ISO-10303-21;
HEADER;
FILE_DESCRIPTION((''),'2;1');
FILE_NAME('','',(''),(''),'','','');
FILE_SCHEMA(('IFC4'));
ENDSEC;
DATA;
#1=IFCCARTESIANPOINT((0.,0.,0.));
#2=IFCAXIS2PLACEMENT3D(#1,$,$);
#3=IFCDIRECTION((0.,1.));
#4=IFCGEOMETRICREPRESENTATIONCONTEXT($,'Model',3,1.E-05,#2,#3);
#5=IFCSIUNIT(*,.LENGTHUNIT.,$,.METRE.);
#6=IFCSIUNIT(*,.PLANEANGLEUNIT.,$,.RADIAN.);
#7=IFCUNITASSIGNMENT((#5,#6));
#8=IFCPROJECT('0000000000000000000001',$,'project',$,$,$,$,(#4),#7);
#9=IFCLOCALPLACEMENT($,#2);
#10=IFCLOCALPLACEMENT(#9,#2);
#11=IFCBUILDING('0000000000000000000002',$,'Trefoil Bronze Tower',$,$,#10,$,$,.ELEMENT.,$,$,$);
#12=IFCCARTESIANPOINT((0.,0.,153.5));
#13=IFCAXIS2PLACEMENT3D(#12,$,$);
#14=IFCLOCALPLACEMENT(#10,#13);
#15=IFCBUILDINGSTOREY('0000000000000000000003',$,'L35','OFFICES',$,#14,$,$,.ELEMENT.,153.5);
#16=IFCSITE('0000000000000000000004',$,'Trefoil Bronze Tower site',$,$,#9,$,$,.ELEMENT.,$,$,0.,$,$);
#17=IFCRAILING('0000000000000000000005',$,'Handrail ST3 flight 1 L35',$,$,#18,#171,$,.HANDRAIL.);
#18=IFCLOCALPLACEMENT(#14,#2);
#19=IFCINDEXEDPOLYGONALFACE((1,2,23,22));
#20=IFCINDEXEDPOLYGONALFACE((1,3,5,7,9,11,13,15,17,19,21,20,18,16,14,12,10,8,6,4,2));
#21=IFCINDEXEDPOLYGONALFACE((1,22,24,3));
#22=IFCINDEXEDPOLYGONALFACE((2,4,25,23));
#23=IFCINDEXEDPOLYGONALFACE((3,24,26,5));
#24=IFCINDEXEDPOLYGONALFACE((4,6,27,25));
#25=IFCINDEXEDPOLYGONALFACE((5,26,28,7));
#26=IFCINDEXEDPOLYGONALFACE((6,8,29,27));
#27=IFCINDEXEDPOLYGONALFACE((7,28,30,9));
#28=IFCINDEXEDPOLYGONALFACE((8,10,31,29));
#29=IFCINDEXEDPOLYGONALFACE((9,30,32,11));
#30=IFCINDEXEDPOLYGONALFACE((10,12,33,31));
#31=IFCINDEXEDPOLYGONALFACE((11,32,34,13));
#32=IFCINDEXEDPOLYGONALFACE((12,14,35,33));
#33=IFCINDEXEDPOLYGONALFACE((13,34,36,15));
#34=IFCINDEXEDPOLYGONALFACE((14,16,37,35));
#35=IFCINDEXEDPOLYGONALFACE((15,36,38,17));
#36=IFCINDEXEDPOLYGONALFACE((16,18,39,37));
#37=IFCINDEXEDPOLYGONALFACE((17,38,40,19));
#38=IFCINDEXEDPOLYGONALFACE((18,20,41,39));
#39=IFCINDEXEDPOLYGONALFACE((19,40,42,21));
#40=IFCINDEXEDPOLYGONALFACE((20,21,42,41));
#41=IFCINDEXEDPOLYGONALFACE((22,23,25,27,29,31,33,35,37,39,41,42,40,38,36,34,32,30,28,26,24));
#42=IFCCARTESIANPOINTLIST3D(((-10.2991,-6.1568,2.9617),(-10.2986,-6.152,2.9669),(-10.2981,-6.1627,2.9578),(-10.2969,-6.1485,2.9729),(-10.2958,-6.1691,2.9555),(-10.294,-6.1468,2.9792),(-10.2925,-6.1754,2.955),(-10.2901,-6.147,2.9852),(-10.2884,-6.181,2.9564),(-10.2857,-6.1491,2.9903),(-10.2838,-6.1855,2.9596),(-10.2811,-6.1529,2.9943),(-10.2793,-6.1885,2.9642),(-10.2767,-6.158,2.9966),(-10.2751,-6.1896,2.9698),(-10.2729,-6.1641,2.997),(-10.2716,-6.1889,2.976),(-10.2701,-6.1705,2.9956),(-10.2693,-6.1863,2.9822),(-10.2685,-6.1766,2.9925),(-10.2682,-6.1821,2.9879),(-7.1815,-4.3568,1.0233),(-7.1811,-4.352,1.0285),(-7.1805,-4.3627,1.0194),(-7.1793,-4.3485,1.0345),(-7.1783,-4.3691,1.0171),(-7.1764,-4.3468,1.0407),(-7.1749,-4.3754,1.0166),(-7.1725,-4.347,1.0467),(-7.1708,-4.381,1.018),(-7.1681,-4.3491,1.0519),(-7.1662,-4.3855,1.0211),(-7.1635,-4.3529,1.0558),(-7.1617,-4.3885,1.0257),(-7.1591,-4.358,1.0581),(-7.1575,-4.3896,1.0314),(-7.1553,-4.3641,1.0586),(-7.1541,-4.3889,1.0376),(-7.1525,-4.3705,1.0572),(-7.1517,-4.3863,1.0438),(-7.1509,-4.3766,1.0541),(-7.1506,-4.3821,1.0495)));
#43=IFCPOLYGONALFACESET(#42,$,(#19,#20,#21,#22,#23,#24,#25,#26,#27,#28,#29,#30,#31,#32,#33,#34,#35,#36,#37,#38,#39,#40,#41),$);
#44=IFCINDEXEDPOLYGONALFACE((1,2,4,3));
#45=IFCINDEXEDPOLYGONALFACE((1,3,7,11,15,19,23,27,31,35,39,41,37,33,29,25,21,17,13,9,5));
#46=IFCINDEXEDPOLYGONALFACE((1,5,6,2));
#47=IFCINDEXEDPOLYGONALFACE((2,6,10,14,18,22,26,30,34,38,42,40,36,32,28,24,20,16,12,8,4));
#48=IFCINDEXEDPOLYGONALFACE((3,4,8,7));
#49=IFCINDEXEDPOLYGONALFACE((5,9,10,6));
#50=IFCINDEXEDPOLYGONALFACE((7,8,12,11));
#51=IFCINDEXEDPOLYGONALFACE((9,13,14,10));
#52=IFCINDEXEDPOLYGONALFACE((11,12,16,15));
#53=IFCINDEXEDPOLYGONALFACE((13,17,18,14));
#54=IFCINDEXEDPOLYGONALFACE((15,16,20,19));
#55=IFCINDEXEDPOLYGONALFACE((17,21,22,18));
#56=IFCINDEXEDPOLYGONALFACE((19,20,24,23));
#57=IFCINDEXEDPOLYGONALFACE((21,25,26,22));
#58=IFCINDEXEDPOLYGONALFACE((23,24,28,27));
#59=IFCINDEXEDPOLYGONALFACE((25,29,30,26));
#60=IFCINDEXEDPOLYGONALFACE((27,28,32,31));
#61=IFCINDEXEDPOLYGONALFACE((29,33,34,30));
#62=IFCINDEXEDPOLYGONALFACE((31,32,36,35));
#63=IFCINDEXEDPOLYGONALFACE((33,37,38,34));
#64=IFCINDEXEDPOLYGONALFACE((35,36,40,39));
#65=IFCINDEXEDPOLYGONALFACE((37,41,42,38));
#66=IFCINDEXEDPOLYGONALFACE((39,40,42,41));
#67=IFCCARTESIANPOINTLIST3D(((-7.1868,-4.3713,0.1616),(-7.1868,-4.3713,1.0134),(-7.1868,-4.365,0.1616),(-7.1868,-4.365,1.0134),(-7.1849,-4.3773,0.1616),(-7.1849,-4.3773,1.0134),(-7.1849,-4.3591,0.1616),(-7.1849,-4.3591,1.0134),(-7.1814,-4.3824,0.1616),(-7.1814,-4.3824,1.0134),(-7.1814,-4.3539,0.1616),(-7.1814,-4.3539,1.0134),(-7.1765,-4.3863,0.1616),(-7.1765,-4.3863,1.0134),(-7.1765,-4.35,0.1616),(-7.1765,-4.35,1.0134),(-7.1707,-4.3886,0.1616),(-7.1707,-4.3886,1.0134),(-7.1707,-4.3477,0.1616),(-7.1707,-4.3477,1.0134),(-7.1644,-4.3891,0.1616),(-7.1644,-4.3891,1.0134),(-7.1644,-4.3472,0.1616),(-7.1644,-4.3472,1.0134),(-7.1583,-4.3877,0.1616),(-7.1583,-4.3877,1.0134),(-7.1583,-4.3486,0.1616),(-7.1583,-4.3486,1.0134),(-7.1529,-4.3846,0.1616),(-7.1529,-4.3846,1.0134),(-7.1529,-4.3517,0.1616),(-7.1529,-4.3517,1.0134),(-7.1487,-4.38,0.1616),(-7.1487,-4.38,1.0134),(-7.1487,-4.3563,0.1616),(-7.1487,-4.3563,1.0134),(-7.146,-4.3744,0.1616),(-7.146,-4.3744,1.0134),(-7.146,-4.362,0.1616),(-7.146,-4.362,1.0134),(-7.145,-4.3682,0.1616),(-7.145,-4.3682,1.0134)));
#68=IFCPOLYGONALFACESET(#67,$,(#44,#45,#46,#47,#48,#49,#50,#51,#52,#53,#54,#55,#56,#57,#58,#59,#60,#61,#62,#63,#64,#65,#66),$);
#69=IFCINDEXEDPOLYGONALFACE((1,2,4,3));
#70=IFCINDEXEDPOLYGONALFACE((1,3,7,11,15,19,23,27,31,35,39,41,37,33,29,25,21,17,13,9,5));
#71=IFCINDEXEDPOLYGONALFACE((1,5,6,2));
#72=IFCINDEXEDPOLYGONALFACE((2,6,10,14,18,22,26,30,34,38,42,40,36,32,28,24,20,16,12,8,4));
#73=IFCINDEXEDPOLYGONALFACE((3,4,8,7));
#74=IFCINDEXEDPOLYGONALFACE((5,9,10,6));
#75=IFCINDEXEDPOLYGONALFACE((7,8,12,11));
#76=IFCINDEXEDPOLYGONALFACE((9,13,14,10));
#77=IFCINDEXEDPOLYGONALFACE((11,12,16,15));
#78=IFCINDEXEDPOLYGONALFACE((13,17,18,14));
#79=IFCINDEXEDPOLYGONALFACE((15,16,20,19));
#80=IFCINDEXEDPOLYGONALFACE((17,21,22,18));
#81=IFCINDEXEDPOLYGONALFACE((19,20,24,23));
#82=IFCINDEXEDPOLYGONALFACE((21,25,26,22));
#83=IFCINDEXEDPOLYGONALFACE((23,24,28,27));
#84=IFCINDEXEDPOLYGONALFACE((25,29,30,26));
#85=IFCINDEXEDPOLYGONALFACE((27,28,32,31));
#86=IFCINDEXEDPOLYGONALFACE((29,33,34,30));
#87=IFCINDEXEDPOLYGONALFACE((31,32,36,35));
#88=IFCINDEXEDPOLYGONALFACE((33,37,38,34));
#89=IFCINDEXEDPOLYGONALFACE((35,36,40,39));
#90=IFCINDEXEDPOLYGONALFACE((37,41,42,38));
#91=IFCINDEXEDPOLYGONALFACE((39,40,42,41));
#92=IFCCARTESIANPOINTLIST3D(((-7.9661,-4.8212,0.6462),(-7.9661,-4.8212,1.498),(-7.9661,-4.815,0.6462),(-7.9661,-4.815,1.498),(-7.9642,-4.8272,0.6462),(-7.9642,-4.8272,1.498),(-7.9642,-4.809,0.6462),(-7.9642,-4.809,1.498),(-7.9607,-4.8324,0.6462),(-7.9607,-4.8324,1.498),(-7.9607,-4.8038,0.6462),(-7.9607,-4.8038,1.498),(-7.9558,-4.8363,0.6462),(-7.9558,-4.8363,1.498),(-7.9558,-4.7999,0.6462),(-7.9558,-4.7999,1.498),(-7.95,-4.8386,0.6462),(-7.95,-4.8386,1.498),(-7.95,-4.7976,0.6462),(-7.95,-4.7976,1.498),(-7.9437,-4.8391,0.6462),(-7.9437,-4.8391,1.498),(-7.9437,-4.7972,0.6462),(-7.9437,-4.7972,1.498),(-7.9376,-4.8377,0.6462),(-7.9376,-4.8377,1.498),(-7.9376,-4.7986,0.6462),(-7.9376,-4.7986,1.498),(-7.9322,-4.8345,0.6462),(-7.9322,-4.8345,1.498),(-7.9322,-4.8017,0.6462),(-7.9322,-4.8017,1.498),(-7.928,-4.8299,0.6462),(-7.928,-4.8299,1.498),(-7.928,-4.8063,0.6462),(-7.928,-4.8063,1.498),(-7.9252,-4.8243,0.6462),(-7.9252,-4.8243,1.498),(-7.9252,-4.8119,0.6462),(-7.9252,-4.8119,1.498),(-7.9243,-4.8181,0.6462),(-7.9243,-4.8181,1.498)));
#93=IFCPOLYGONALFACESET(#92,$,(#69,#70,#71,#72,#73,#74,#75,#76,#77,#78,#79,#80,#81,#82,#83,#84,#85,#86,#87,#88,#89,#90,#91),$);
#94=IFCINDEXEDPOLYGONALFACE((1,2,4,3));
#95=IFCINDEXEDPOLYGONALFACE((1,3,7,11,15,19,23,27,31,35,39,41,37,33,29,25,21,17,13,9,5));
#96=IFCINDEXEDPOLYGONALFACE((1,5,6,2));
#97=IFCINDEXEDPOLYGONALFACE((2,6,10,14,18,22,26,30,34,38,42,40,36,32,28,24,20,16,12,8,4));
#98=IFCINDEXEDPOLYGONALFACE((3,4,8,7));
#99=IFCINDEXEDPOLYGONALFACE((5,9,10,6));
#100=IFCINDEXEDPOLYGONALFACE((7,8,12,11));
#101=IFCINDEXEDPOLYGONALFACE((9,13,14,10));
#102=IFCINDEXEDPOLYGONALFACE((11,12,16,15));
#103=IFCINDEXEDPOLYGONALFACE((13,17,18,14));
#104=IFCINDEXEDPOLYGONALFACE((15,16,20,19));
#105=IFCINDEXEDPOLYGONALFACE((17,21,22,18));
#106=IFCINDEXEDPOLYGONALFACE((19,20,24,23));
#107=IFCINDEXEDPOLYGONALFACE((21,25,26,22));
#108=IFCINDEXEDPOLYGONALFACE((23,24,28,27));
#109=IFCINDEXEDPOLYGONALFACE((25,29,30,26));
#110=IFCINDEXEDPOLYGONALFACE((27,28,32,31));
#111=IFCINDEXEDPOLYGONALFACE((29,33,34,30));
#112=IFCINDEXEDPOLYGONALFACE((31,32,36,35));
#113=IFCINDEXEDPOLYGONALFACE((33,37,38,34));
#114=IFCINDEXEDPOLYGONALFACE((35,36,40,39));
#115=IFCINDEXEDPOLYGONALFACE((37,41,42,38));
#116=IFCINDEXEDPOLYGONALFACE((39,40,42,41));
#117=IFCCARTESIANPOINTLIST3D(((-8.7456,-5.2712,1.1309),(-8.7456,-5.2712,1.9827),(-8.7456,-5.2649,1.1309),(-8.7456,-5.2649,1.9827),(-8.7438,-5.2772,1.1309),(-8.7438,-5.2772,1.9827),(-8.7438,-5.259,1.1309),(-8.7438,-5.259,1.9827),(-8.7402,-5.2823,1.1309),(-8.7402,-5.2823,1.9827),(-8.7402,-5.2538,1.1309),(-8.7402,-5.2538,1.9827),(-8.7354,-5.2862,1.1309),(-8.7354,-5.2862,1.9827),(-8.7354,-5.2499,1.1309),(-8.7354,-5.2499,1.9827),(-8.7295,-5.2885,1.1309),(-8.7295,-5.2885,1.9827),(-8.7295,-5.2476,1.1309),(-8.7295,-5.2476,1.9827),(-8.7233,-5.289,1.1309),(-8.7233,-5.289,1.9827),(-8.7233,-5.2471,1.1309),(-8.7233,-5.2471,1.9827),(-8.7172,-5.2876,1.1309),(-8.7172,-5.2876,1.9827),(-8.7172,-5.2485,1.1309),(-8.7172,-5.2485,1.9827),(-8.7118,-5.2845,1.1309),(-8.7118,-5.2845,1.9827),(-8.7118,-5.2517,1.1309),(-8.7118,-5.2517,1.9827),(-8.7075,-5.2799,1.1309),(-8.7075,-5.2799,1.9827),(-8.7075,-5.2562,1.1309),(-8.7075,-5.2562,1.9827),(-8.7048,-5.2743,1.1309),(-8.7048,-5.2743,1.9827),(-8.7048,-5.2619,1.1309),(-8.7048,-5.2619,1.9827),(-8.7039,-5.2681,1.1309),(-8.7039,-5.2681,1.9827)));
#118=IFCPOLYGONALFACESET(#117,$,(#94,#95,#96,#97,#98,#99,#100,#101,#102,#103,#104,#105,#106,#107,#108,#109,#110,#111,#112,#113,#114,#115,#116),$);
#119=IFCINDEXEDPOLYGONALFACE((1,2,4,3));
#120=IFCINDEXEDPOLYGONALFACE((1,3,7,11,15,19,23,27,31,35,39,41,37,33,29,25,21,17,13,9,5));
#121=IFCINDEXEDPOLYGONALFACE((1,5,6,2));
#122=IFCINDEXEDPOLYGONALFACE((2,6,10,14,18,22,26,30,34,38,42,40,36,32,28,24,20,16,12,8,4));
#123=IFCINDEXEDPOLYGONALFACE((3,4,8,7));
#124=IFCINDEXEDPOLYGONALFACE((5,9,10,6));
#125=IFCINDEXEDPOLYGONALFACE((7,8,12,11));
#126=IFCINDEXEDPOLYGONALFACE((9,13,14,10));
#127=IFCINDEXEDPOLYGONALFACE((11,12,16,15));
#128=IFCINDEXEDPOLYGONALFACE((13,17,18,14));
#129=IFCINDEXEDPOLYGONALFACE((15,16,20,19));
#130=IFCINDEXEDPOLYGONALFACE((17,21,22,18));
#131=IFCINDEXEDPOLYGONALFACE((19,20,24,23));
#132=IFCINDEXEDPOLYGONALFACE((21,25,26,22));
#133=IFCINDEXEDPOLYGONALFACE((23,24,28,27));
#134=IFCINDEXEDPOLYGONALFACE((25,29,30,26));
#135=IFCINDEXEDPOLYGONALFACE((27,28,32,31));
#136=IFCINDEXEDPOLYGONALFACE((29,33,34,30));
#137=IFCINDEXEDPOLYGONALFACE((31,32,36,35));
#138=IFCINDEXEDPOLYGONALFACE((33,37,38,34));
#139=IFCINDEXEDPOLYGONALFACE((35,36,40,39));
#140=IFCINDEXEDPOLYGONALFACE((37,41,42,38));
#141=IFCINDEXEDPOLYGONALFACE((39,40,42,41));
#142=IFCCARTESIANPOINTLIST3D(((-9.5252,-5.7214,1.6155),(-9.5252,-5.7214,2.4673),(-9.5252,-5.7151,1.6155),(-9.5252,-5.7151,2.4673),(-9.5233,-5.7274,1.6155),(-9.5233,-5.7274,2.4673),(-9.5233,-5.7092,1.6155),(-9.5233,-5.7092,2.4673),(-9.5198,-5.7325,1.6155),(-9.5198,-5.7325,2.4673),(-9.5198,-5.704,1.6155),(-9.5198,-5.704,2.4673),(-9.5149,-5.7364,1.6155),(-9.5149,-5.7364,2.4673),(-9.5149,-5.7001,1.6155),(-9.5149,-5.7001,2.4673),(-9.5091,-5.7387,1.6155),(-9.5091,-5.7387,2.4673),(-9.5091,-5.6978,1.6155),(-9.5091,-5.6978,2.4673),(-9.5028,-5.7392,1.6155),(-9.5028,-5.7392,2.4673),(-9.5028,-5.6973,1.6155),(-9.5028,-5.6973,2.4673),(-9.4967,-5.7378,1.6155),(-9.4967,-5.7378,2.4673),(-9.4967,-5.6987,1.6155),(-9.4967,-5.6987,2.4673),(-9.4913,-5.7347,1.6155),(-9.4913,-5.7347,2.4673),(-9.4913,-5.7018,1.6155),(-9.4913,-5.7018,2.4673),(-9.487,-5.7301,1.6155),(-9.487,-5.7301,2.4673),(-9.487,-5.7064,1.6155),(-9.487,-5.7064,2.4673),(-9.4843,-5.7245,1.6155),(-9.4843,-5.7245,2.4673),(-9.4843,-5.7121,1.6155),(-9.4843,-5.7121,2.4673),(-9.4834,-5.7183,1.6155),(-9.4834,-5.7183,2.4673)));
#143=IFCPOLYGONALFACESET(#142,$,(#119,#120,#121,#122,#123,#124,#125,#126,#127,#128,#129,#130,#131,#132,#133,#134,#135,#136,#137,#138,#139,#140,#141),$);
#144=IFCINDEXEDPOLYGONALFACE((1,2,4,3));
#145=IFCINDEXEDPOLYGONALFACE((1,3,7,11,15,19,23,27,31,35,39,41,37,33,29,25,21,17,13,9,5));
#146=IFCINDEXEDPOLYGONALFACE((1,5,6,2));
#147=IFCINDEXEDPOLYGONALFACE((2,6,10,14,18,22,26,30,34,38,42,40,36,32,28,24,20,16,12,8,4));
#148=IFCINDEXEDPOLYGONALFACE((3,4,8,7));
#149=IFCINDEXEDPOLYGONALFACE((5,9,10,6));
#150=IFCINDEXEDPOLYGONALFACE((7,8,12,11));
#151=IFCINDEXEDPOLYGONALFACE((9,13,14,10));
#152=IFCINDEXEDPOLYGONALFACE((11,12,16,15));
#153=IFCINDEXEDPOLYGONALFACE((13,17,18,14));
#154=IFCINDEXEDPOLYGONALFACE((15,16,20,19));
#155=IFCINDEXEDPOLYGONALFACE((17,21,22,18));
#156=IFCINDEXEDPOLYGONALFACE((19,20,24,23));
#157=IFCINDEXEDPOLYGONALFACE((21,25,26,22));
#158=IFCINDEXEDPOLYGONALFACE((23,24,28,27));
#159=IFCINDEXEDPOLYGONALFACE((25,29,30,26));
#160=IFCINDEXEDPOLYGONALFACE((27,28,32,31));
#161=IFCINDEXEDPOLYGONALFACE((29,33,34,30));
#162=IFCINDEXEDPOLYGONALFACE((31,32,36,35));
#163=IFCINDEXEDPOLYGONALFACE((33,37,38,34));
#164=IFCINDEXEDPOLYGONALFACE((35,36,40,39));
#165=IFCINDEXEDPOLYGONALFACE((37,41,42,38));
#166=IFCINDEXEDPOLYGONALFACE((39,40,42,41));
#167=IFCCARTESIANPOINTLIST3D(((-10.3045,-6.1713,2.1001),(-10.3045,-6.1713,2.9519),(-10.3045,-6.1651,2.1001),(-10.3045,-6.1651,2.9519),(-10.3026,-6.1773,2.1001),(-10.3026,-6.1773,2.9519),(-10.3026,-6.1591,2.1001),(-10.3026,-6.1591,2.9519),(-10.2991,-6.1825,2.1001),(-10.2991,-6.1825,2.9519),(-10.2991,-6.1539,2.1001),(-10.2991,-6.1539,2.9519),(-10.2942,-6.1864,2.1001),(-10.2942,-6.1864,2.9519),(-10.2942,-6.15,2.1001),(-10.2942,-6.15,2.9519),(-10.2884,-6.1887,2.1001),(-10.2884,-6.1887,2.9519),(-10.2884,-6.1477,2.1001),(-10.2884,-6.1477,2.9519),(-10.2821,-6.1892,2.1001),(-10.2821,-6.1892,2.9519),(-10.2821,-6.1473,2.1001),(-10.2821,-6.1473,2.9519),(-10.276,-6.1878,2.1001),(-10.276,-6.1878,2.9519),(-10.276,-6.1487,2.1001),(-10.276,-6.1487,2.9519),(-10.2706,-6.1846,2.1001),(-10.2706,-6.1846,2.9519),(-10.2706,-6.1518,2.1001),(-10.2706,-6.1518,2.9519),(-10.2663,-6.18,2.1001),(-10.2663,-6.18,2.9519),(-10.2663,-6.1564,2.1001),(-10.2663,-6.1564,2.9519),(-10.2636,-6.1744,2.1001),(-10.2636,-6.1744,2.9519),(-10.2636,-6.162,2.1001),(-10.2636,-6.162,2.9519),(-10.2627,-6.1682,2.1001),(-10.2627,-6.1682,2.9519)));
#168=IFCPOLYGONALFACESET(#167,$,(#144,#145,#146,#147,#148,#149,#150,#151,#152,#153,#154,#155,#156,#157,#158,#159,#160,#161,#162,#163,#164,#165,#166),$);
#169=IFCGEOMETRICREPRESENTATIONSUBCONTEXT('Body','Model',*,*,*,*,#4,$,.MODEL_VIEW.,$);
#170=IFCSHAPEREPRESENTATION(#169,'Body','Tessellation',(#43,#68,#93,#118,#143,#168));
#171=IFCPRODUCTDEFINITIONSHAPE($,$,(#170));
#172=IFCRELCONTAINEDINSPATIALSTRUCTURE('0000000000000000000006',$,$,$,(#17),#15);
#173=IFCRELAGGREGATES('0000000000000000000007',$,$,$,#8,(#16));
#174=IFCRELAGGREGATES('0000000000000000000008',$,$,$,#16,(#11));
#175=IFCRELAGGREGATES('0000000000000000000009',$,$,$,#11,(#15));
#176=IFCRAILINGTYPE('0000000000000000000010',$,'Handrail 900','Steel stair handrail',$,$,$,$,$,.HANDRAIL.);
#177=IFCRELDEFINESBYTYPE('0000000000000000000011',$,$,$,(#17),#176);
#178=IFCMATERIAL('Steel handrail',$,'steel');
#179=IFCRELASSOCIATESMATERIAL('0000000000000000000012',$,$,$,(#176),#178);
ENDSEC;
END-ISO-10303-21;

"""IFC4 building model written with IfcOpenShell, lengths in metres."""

from ifc_helpers import new_model, si_unit, direction, frame, origin, origin_2d, place, context, subcontext, project, spatial, circle, extrude, material, type_object, element, save


model = new_model("IFC4")

# Units and contexts
model_context = context("Model", 3, precision=1e-05, world=origin(), true_north=direction((0.0, 1.0)))
body_context = subcontext(model_context, "Body", "Model", "MODEL_VIEW")
ifc_project = project(units=[si_unit("LENGTHUNIT", "METRE"), si_unit("PLANEANGLEUNIT", "RADIAN")], contexts=[model_context])

# Site, building, storey
site_placement = place(None, origin())
site = spatial("IfcSite", under=ifc_project, at=site_placement, Name="Trefoil Bronze Tower site", CompositionType="ELEMENT", RefElevation=0.0)
building_placement = place(site_placement, origin())
building = spatial("IfcBuilding", under=site, at=building_placement, Name="Trefoil Bronze Tower", CompositionType="ELEMENT")
storey_placement = place(building_placement, frame((0.0, 0.0, 153.5)))
storey = spatial("IfcBuildingStorey", under=building, at=storey_placement, Name="L35", Description="OFFICES", CompositionType="ELEMENT", Elevation=153.5)

# Railing
ifc_material_1 = material(Name="Steel handrail", Category="steel")
railing_type = type_object("IfcRailingType", Name="Handrail 900", Description="Steel stair handrail", PredefinedType="HANDRAIL", material=ifc_material_1)
railing_1_placement = place(storey_placement, frame((-7.166, -4.3682, 0.1616)))
element("IfcRailing", 1, at=railing_1_placement, inside=storey, type_object=railing_type, Name="Handrail ST3 flight 1 L35", PredefinedType="HANDRAIL", context=body_context, shape_type="SweptSolid", body=[
    extrude(circle(Radius=0.0239, at=origin_2d()), frame((0.0, 0.0, 0.876), z_axis=(-0.762503, -0.440246, 0.474102), x_axis=(0.500012, -0.866018, 0.0)), (0.0, 0.0, 1.0), 4.0886),
    extrude(circle(Radius=0.021, at=origin_2d()), origin(), (0.0, 0.0, 1.0), 0.8518),
    extrude(circle(Radius=0.021, at=origin_2d()), frame((-0.7793, -0.45, 0.4846)), (0.0, 0.0, 1.0), 0.8518),
    extrude(circle(Radius=0.021, at=origin_2d()), frame((-1.5588, -0.8999, 0.9692)), (0.0, 0.0, 1.0), 0.8518),
    extrude(circle(Radius=0.021, at=origin_2d()), frame((-2.3384, -1.3501, 1.4539)), (0.0, 0.0, 1.0), 0.8518),
    extrude(circle(Radius=0.021, at=origin_2d()), frame((-3.1177, -1.8, 1.9385)), (0.0, 0.0, 1.0), 0.8518),
])

save(model, "model.ifc")
